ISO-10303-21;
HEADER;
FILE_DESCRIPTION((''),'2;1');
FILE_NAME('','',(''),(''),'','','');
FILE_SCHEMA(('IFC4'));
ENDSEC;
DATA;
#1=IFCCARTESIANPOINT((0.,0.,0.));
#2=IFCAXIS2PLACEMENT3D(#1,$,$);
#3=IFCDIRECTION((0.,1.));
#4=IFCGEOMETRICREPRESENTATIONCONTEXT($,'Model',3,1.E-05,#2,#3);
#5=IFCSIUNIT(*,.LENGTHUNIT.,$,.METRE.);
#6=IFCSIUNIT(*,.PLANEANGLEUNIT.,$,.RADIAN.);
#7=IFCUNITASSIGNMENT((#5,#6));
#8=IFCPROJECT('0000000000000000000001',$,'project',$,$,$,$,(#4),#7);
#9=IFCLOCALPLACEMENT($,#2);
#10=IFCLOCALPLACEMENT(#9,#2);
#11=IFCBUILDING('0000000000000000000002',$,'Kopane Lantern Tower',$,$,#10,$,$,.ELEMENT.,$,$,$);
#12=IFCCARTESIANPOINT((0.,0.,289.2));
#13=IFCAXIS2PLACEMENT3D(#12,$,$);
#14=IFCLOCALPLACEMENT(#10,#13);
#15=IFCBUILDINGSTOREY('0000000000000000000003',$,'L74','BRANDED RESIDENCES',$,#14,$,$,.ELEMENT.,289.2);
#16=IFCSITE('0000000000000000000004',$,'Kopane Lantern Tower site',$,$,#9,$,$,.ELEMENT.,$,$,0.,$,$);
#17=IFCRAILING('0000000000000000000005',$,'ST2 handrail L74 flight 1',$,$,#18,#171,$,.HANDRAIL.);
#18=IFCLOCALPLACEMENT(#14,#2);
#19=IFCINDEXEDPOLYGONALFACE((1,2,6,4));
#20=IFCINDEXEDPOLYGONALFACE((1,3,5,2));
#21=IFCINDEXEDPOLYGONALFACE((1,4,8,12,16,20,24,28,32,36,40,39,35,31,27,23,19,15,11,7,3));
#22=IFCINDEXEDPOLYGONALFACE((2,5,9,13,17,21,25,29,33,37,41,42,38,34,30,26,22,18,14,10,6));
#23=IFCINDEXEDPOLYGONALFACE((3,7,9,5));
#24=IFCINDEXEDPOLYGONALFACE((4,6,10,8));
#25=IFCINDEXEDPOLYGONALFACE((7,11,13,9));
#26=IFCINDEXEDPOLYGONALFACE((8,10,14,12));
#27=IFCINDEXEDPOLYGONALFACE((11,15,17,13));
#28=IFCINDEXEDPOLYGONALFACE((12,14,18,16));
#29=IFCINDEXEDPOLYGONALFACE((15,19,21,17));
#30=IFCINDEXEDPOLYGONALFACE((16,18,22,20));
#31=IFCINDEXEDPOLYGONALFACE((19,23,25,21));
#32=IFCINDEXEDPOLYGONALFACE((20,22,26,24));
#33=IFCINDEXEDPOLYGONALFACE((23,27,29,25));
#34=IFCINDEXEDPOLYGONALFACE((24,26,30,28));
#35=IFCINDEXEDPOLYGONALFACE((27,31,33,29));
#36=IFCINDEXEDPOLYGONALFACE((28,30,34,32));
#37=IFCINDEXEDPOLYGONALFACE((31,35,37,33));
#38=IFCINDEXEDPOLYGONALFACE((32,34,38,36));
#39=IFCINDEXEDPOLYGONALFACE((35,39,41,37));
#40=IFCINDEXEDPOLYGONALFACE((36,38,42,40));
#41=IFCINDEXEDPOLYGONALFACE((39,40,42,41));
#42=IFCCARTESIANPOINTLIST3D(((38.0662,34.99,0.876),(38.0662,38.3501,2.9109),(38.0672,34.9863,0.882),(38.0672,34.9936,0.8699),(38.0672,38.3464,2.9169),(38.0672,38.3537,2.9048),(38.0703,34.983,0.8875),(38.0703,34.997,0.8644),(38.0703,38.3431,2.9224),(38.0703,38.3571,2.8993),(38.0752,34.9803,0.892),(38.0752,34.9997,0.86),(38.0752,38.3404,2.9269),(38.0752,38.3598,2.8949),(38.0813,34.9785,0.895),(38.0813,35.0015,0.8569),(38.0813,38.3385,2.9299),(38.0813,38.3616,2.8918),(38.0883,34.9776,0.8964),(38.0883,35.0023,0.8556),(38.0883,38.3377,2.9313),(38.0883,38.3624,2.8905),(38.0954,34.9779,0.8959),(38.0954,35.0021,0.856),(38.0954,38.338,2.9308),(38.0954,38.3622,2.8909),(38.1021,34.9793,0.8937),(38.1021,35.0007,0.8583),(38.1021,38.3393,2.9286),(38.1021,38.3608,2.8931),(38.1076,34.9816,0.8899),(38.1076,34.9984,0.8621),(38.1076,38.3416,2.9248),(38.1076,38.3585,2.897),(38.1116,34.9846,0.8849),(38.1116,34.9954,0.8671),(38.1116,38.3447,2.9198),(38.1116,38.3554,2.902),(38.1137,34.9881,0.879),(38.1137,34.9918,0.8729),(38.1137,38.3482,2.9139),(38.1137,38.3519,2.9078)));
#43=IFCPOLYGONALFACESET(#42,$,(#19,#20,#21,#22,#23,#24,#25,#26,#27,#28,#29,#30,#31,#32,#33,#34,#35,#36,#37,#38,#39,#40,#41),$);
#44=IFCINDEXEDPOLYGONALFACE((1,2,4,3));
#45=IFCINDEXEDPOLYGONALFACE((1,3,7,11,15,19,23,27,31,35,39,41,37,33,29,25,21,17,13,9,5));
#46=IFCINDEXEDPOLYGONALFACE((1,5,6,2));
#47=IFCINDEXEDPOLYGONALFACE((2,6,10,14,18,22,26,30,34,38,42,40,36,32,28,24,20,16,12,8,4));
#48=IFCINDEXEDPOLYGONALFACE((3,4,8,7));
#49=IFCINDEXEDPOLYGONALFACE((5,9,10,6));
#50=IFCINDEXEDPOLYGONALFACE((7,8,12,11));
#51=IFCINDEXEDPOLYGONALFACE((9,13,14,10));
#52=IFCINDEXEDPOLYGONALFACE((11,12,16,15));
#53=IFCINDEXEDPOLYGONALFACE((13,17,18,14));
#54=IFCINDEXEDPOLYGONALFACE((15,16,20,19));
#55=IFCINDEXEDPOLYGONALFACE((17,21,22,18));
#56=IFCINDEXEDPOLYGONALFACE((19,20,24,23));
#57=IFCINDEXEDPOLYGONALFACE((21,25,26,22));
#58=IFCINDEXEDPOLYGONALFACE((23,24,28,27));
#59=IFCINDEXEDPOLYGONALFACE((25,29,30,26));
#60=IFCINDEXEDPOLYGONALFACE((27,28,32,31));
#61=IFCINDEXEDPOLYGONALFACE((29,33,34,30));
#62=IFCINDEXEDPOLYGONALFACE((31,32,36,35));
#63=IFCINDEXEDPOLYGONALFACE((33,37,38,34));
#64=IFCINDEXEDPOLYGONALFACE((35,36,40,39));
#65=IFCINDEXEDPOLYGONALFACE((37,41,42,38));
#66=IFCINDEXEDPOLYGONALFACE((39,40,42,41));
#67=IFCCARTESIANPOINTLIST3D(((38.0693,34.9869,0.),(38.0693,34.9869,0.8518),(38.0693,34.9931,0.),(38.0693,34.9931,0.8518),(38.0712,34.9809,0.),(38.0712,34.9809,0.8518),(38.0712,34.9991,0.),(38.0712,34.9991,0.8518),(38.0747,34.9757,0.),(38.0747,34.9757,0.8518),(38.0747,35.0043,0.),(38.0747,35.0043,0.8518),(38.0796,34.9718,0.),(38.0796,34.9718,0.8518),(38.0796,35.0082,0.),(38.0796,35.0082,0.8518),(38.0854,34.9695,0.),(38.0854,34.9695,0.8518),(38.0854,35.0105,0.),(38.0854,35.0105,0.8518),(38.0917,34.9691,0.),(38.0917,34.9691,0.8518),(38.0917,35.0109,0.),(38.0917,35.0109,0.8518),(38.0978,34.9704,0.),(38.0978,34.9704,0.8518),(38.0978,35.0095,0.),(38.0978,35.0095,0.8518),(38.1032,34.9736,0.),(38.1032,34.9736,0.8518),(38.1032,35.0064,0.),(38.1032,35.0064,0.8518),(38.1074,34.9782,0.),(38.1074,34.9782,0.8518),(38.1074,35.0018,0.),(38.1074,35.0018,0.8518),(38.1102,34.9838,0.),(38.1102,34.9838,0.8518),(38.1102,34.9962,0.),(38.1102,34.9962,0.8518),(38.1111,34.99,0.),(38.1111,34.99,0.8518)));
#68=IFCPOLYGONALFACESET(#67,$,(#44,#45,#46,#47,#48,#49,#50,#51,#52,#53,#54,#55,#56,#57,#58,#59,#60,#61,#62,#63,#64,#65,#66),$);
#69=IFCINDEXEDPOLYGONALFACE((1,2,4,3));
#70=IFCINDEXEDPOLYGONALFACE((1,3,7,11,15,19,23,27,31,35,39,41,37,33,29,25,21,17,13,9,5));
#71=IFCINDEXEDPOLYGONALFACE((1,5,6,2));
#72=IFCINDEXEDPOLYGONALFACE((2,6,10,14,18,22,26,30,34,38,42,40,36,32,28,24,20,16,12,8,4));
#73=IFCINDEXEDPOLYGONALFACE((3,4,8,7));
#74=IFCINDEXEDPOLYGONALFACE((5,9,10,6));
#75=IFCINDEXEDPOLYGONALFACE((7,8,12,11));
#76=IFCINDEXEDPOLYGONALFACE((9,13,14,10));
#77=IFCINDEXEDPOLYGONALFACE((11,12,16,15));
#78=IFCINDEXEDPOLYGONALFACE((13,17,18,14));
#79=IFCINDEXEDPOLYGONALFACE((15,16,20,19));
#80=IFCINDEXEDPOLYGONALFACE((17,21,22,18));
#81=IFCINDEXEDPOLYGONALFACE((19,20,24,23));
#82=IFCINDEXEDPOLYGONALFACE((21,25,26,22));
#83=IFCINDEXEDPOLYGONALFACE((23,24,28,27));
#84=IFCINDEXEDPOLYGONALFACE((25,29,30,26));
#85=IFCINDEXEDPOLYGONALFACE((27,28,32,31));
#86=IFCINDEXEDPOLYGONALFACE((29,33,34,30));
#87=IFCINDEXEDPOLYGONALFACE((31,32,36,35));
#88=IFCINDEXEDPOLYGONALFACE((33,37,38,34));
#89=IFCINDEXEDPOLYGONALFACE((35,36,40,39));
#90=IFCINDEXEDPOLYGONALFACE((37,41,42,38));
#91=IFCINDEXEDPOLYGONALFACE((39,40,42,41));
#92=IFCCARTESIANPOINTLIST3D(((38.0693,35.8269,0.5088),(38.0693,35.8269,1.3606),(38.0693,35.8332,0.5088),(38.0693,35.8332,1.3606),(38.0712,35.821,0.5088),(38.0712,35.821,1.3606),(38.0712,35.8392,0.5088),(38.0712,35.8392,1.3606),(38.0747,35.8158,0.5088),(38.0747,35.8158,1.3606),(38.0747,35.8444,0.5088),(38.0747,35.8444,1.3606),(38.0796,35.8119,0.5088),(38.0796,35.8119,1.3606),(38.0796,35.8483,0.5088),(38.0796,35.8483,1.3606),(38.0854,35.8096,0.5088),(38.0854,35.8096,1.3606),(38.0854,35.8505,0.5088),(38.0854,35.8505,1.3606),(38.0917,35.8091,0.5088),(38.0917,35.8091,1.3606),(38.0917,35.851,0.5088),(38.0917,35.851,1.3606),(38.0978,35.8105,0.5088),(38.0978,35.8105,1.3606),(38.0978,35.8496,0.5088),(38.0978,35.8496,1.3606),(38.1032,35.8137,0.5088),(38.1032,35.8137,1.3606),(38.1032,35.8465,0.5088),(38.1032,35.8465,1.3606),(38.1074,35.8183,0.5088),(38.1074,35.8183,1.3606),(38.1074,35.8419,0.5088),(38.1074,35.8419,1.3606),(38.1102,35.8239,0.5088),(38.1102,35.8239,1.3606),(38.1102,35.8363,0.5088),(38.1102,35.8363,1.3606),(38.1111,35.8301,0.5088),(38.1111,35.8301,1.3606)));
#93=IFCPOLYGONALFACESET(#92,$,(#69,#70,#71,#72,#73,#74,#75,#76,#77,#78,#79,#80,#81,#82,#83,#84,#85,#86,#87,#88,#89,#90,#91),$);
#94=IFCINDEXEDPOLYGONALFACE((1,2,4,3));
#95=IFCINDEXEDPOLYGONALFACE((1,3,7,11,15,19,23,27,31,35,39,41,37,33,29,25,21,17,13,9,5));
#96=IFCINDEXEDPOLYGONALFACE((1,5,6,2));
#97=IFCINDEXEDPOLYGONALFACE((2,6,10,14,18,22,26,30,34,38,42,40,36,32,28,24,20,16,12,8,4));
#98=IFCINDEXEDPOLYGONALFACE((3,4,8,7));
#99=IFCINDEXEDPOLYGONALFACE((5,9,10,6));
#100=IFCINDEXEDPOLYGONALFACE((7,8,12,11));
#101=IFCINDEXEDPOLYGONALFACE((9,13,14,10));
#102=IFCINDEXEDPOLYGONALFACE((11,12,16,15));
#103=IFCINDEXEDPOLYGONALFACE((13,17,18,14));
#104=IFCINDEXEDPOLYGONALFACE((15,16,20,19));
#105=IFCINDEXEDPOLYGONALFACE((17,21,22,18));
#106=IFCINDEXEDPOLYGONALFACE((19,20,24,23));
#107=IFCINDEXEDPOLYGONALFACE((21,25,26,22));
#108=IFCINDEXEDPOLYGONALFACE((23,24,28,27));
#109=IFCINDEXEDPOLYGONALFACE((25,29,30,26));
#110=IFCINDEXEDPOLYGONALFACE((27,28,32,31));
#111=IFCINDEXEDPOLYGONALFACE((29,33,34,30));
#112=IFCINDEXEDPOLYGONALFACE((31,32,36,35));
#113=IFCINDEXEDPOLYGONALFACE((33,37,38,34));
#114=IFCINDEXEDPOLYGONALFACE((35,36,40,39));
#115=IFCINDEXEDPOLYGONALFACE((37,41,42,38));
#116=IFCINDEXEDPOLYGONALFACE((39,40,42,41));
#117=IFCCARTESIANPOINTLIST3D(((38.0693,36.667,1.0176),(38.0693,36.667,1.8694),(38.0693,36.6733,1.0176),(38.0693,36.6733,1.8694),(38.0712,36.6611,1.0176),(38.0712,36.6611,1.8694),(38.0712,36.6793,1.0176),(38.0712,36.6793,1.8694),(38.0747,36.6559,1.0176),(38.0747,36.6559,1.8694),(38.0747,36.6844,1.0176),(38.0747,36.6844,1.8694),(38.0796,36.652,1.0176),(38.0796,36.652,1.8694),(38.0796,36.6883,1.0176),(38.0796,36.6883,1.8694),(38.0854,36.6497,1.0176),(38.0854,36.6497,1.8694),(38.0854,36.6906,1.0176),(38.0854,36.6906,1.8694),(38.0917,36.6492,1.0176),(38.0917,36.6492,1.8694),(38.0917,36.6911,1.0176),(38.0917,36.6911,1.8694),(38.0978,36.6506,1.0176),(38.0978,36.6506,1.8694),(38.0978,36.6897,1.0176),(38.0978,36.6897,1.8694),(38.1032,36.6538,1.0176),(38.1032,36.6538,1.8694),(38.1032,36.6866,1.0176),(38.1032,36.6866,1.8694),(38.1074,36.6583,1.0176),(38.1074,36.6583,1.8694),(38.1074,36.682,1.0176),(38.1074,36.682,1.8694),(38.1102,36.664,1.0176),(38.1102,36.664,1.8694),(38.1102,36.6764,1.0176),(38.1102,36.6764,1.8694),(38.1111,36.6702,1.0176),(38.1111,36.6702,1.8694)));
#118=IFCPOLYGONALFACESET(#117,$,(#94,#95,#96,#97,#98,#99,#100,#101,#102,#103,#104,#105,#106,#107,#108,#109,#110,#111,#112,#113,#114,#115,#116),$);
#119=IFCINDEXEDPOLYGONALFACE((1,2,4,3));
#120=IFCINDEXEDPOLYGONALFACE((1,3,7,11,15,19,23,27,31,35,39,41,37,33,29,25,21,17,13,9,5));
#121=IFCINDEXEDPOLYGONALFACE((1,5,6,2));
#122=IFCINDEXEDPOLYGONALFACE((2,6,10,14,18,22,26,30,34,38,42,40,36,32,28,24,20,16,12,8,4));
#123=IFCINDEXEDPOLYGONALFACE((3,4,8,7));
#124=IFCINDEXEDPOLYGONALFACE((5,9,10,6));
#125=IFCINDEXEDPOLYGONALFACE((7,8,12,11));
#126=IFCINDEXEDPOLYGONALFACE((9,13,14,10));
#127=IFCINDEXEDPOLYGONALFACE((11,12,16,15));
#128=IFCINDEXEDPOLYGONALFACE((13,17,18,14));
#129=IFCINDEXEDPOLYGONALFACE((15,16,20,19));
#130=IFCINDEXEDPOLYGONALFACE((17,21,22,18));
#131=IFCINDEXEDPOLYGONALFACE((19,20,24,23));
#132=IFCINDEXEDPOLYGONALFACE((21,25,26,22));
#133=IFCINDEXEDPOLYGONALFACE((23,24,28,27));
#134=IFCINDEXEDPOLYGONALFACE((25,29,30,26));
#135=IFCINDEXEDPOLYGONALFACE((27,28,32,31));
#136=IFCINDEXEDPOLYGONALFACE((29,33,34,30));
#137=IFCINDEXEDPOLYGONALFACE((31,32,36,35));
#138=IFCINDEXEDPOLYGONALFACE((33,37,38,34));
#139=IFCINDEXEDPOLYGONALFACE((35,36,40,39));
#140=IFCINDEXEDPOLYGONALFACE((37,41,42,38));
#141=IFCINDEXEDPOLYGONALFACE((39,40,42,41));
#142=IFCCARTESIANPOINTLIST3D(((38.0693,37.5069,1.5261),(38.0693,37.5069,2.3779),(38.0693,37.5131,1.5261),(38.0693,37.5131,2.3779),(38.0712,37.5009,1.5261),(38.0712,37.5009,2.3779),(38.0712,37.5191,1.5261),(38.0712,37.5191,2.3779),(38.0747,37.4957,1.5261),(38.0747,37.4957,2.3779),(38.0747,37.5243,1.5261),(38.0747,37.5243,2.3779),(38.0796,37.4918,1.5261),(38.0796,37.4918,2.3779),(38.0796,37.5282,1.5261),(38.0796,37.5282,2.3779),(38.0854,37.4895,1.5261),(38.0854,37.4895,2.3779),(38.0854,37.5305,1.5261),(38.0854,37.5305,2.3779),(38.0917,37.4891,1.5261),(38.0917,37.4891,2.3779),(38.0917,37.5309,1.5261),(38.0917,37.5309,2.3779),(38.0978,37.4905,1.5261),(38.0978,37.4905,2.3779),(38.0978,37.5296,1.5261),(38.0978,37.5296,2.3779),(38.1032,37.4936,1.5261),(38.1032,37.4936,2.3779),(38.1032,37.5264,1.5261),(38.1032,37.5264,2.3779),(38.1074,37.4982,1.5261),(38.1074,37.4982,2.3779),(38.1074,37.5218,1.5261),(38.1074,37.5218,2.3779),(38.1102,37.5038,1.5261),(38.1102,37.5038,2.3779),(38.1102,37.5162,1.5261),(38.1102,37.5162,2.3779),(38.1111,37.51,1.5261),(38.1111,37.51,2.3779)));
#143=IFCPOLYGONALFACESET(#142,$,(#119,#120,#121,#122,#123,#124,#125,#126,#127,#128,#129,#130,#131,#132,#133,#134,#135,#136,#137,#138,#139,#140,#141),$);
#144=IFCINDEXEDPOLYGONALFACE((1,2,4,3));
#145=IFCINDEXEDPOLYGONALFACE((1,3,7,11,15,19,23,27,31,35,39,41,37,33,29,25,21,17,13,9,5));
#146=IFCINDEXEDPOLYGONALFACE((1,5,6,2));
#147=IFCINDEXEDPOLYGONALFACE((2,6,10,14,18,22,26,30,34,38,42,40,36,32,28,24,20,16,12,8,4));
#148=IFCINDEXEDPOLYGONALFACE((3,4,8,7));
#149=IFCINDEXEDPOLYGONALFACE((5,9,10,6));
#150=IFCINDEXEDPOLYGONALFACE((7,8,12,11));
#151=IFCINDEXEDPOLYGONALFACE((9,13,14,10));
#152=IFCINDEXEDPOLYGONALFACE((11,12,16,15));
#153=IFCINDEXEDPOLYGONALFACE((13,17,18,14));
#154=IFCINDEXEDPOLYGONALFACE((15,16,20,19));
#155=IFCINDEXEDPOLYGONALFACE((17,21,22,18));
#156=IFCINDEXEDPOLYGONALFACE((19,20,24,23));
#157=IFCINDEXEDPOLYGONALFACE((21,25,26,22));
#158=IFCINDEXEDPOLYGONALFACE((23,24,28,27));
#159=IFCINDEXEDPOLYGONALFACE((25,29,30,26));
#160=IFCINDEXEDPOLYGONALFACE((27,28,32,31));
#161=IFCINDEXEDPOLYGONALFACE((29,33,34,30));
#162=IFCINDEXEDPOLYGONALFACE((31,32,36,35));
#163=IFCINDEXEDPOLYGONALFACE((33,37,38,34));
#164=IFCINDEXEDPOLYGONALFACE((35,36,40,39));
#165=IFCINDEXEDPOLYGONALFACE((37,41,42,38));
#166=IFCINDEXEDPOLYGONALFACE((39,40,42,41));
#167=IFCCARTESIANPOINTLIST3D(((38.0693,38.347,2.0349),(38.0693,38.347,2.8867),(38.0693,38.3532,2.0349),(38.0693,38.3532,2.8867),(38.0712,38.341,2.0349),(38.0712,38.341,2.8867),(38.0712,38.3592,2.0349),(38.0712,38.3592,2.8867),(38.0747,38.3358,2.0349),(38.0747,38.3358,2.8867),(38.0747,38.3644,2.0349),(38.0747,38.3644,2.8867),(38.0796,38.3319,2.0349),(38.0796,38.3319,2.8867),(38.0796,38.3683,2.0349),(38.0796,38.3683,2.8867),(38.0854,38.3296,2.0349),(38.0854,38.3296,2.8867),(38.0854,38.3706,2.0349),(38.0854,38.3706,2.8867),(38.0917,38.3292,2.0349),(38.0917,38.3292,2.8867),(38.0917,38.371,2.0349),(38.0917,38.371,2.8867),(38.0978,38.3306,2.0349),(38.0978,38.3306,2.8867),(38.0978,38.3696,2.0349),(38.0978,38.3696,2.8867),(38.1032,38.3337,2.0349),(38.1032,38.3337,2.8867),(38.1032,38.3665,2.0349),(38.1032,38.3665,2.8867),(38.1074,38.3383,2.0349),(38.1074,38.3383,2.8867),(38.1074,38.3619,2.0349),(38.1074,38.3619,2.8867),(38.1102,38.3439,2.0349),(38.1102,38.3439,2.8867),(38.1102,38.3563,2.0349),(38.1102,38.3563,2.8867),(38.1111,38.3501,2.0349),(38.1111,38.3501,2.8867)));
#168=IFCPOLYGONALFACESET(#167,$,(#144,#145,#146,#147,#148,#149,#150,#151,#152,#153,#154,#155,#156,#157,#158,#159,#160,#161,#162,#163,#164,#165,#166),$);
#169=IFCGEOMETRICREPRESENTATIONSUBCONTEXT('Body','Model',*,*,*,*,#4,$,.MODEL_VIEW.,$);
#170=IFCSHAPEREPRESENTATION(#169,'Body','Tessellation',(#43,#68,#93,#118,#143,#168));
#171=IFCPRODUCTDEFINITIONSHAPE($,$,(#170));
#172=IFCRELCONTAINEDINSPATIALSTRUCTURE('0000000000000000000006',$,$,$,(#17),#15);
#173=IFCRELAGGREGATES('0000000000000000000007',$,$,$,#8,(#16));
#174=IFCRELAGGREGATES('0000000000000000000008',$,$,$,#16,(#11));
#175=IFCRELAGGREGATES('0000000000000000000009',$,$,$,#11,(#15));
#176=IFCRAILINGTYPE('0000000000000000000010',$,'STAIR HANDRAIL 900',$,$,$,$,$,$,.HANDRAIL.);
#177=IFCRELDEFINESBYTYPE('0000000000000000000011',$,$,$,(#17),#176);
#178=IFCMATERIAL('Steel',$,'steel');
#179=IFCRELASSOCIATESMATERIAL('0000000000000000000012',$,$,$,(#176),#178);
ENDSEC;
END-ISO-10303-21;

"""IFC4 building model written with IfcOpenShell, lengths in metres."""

from ifc_helpers import new_model, si_unit, direction, frame, origin, origin_2d, place, context, subcontext, project, spatial, circle, extrude, material, type_object, element, save


model = new_model("IFC4")

# Units and contexts
model_context = context("Model", 3, precision=1e-05, world=origin(), true_north=direction((0.0, 1.0)))
body_context = subcontext(model_context, "Body", "Model", "MODEL_VIEW")
ifc_project = project(units=[si_unit("LENGTHUNIT", "METRE"), si_unit("PLANEANGLEUNIT", "RADIAN")], contexts=[model_context])

# Site, building, storey
site_placement = place(None, origin())
site = spatial("IfcSite", under=ifc_project, at=site_placement, Name="Kopane Lantern Tower site", CompositionType="ELEMENT", RefElevation=0.0)
building_placement = place(site_placement, origin())
building = spatial("IfcBuilding", under=site, at=building_placement, Name="Kopane Lantern Tower", CompositionType="ELEMENT")
storey_placement = place(building_placement, frame((0.0, 0.0, 289.2)))
storey = spatial("IfcBuildingStorey", under=building, at=storey_placement, Name="L74", Description="BRANDED RESIDENCES", CompositionType="ELEMENT", Elevation=289.2)

# Railing
ifc_material_1 = material(Name="Steel", Category="steel")
railing_type_1 = type_object("IfcRailingType", Name="STAIR HANDRAIL 900", PredefinedType="HANDRAIL", material=ifc_material_1)
for number, where, name in (
    (1, (38.0901, 34.99, 0.0), "ST2 handrail L74 flight 1"),
):
    element("IfcRailing", number, at=place(storey_placement, frame(where)), inside=storey, type_object=railing_type_1, Name=name, PredefinedType="HANDRAIL", context=body_context, shape_type="SweptSolid", body=[
        extrude(circle(Radius=0.0239, at=origin_2d()), frame((0.0, 0.0, 0.876), z_axis=(0.0, 0.855369, 0.518019), x_axis=(-1.0, 0.0, 0.0)), (0.0, 0.0, 1.0), 3.9282),
        extrude(circle(Radius=0.021, at=origin_2d()), origin(), (0.0, 0.0, 1.0), 0.8518),
        extrude(circle(Radius=0.021, at=origin_2d()), frame((0.0, 0.8401, 0.5088)), (0.0, 0.0, 1.0), 0.8518),
        extrude(circle(Radius=0.021, at=origin_2d()), frame((0.0, 1.6802, 1.0176)), (0.0, 0.0, 1.0), 0.8518),
        extrude(circle(Radius=0.021, at=origin_2d()), frame((0.0, 2.52, 1.5261)), (0.0, 0.0, 1.0), 0.8518),
        extrude(circle(Radius=0.021, at=origin_2d()), frame((0.0, 3.3601, 2.0349)), (0.0, 0.0, 1.0), 0.8518),
    ])

save(model, "model.ifc")
